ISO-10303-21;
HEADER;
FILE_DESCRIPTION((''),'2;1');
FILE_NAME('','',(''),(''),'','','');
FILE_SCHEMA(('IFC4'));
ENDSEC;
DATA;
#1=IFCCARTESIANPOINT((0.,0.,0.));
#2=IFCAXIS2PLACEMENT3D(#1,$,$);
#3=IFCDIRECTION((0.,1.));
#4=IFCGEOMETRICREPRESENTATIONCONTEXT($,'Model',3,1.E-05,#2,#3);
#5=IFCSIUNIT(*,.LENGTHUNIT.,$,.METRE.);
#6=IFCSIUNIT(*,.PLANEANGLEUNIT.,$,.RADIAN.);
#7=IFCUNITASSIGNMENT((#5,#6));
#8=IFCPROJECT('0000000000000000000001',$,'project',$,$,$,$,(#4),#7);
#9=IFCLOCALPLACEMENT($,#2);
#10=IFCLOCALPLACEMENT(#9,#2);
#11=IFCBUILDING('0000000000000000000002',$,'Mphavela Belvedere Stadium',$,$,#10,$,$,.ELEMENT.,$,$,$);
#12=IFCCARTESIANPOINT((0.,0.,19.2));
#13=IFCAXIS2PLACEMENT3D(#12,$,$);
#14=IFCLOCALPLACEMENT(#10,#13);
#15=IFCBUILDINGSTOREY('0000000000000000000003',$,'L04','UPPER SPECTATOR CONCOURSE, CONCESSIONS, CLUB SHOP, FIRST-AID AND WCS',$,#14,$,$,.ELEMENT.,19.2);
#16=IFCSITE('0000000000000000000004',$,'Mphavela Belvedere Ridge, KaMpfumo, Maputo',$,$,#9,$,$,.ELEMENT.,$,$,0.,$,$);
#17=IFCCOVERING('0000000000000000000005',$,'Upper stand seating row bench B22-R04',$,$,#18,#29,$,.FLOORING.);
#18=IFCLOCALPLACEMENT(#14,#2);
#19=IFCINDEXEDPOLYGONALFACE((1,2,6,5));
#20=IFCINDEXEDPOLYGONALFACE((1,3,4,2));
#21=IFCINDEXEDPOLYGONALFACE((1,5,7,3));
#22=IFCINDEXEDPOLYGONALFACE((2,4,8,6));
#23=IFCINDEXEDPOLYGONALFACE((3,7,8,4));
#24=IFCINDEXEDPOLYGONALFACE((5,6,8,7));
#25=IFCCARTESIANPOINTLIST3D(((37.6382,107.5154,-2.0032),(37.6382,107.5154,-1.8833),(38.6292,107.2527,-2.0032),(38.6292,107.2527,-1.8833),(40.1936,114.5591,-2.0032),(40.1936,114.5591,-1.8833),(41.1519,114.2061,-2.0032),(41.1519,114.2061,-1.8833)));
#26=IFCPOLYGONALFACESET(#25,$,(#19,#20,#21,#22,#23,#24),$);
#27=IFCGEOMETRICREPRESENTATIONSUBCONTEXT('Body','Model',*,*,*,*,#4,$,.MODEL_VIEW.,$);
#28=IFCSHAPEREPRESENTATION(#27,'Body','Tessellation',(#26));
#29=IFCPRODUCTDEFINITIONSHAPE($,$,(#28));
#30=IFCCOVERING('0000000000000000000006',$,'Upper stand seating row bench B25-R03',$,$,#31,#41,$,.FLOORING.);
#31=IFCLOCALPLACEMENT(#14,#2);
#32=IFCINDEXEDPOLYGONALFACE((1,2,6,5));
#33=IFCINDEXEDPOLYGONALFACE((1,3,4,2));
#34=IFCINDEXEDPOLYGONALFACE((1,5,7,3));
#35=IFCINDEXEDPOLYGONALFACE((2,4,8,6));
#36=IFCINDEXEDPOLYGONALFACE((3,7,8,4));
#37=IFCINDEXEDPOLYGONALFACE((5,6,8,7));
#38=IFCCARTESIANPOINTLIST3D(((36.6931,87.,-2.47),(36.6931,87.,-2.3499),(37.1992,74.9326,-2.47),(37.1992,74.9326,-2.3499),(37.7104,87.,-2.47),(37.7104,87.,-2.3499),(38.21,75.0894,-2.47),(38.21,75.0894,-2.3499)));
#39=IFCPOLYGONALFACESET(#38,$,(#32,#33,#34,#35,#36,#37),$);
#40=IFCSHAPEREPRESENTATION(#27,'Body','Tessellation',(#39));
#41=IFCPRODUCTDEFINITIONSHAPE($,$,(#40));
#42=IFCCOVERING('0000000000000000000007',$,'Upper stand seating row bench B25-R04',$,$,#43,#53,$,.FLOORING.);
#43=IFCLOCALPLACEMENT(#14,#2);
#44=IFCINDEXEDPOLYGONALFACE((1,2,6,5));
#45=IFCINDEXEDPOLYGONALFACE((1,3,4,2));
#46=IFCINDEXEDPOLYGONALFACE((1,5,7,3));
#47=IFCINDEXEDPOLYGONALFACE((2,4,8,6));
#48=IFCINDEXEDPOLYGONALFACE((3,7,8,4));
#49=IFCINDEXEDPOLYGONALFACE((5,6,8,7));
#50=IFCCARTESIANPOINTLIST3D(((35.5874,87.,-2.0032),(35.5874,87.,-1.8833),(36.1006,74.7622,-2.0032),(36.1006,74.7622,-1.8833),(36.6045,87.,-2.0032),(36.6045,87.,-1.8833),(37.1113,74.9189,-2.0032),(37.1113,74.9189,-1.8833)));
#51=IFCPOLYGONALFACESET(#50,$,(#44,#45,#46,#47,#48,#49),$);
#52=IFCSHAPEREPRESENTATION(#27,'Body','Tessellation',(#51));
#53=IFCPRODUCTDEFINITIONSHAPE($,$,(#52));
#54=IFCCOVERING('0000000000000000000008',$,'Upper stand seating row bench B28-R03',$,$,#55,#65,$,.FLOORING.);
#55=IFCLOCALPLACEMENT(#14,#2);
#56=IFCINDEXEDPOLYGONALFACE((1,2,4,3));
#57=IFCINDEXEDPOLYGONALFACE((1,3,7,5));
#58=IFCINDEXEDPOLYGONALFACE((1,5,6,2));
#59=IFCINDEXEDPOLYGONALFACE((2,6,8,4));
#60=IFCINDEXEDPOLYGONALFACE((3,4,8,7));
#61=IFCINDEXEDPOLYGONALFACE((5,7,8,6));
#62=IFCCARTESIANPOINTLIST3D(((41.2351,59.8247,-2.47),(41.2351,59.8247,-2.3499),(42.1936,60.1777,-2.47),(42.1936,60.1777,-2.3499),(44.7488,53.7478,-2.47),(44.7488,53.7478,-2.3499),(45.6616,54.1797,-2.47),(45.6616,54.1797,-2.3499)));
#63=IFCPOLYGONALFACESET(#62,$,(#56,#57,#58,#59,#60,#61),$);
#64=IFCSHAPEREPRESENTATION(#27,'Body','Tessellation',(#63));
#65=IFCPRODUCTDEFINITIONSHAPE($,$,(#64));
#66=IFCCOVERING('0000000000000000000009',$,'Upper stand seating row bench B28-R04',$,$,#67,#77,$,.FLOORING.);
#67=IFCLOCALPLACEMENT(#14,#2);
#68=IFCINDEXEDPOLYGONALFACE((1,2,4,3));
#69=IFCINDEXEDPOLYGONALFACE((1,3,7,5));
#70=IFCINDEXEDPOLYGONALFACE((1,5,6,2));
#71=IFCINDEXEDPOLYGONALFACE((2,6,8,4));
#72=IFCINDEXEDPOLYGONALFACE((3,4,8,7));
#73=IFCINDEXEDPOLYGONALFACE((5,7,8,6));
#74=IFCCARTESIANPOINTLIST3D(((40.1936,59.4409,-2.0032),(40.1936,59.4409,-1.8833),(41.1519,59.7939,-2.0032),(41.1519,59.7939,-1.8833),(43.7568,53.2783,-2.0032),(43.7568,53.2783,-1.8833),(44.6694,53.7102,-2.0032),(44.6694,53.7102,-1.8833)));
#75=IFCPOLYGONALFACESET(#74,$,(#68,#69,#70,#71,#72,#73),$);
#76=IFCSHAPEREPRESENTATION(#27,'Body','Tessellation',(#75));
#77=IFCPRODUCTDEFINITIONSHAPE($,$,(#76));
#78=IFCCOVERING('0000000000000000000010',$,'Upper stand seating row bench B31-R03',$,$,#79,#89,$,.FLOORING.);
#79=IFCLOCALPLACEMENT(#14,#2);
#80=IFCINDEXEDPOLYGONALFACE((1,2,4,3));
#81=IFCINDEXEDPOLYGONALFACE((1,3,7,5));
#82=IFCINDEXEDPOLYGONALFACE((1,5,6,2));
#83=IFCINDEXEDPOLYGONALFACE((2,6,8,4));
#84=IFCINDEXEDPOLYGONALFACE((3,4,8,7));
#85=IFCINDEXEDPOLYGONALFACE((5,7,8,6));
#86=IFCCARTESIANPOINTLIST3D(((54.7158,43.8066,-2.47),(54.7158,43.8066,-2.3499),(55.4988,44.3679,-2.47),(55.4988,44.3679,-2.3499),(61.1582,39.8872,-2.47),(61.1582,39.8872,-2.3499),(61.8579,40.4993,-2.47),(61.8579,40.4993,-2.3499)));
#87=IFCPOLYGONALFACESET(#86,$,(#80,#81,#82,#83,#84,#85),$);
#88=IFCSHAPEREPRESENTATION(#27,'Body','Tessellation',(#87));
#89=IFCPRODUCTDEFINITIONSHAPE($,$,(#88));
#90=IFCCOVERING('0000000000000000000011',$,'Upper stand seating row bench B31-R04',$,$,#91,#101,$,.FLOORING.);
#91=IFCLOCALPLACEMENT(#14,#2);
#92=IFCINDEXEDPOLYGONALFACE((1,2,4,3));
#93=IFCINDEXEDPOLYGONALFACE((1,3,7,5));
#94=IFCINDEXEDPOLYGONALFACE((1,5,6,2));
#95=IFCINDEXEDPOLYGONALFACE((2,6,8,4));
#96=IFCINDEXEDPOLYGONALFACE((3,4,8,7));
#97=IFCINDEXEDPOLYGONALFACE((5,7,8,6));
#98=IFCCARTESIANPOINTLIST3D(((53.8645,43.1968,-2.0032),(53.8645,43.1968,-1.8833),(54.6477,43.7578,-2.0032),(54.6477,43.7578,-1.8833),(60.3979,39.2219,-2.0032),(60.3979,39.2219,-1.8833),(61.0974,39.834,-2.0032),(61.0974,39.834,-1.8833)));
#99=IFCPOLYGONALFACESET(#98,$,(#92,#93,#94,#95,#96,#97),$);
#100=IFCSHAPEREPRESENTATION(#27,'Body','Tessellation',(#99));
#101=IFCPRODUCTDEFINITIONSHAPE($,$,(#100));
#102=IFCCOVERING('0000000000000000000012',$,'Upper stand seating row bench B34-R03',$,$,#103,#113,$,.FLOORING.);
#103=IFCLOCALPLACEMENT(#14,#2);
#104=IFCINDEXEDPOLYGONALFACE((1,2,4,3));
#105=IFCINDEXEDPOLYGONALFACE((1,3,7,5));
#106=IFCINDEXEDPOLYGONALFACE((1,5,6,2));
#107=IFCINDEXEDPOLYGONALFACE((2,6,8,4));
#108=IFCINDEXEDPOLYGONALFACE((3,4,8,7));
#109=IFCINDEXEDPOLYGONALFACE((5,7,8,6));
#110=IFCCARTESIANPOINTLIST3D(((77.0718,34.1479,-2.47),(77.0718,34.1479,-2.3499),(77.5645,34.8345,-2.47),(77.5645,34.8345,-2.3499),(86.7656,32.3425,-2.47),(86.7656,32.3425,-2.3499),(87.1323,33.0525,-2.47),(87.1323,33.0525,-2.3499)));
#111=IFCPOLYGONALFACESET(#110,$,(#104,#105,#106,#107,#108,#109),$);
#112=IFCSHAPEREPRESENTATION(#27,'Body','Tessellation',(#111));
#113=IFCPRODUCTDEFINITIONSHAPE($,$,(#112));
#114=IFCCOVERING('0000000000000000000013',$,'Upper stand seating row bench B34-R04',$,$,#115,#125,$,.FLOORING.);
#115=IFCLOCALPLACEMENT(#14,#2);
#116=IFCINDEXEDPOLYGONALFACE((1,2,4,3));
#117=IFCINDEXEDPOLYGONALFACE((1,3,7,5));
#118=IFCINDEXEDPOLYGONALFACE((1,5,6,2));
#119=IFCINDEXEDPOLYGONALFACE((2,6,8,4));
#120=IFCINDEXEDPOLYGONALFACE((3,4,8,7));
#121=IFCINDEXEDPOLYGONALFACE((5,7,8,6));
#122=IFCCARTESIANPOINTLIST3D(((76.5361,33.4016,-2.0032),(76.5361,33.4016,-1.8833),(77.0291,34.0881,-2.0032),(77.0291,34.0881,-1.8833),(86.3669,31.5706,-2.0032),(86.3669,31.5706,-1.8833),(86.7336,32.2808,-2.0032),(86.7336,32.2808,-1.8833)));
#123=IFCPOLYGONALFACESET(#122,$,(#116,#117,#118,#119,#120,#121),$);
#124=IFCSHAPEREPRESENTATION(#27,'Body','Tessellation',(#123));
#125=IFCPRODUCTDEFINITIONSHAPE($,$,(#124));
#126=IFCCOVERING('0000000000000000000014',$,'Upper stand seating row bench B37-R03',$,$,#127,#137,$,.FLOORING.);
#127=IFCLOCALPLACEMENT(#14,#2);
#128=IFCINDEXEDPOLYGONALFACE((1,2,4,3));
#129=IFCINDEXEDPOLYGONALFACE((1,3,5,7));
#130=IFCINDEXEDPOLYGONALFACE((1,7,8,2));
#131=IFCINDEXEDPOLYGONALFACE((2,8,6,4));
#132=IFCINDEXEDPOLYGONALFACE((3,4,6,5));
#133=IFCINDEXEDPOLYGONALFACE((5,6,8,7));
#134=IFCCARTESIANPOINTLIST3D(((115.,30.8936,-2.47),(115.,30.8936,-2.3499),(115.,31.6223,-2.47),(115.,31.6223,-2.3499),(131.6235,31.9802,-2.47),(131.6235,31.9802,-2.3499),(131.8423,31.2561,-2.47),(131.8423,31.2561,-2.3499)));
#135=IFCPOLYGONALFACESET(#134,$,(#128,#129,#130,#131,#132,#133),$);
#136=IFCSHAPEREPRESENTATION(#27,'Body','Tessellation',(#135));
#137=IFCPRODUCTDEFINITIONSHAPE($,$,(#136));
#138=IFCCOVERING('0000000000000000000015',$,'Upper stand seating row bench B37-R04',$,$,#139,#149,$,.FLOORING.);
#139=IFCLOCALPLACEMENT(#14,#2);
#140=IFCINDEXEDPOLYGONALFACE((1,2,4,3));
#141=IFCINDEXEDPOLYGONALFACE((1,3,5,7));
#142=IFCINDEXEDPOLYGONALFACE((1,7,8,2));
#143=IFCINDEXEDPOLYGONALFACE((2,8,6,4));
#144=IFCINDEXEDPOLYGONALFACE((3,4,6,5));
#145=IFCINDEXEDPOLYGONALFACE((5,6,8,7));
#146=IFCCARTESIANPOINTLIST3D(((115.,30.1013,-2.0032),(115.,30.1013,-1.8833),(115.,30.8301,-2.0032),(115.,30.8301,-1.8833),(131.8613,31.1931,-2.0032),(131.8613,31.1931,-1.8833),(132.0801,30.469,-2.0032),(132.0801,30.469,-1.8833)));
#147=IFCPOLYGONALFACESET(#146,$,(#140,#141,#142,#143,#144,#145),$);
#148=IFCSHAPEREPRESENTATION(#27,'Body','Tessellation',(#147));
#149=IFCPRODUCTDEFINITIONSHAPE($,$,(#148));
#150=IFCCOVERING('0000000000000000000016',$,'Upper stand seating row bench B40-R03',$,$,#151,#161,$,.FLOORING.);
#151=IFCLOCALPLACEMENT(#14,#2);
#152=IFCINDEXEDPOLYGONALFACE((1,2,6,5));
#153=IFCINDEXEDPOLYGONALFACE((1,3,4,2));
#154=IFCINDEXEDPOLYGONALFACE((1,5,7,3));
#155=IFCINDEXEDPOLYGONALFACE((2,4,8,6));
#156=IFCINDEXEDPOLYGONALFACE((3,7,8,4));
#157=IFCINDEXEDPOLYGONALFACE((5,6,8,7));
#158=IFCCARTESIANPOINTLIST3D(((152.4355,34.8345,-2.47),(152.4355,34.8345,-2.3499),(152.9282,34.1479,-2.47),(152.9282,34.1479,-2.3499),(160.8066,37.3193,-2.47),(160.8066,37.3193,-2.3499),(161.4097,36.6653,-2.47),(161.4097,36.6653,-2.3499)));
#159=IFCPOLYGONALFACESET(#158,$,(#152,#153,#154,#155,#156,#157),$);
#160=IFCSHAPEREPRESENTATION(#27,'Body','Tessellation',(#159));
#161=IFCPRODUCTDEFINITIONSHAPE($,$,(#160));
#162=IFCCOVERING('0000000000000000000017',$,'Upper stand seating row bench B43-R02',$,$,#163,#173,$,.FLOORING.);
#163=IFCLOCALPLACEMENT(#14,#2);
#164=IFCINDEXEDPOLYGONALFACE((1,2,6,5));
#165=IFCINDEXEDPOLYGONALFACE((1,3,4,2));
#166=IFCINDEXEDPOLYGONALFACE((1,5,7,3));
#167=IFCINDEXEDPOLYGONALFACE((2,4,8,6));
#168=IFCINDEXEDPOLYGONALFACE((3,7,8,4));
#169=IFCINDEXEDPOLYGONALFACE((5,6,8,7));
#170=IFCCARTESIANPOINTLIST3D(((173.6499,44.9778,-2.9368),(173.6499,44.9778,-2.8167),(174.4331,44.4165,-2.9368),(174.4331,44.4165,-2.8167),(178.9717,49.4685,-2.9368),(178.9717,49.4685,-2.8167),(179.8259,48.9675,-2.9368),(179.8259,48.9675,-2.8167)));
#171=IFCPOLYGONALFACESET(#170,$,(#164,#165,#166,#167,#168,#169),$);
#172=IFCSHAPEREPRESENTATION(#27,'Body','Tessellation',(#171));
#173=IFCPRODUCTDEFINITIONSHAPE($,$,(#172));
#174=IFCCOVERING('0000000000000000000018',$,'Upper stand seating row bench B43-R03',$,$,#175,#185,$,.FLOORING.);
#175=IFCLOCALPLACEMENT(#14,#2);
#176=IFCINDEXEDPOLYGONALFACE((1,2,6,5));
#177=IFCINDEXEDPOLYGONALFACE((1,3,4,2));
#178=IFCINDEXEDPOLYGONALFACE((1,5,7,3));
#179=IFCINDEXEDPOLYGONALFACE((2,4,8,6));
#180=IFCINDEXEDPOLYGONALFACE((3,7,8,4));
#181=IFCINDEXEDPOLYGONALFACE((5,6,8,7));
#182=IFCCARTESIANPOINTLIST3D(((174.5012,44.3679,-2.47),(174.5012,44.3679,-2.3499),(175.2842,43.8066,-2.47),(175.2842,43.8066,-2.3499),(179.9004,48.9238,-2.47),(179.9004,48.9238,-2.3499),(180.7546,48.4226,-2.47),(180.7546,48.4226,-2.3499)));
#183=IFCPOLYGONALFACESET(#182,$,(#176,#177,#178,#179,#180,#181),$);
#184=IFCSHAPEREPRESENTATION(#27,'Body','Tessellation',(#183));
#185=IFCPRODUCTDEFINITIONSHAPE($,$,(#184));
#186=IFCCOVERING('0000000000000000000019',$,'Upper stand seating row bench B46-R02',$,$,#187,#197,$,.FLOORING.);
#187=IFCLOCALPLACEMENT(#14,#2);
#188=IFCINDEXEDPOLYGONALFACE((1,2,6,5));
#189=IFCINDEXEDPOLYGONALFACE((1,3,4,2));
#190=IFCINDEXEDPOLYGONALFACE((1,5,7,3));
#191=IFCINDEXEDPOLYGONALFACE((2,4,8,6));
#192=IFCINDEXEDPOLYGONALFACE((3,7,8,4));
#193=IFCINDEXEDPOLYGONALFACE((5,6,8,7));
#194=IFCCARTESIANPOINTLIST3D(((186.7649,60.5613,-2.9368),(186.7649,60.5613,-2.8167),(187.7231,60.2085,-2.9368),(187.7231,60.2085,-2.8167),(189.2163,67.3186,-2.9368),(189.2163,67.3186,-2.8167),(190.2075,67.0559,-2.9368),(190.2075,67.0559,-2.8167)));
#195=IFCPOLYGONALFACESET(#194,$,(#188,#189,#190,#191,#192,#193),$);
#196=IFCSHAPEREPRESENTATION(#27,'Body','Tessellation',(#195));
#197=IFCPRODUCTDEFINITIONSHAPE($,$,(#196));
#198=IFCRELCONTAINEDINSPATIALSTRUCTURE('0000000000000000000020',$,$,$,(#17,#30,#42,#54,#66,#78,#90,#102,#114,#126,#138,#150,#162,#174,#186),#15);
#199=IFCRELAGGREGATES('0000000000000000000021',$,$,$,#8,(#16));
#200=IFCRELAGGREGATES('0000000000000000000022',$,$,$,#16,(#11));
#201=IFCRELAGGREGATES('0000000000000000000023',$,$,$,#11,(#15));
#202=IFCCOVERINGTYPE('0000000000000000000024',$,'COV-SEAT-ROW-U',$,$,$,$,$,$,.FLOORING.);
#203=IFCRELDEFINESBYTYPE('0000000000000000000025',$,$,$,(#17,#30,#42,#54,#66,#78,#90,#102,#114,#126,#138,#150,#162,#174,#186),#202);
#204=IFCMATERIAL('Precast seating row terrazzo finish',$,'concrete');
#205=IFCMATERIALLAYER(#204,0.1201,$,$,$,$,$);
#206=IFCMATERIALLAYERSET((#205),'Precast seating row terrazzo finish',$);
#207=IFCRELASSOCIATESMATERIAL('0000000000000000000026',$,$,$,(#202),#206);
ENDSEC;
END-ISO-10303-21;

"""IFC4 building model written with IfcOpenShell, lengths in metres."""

from ifc_helpers import new_model, si_unit, direction, frame, origin, place, context, subcontext, project, spatial, polyline, outline, extrude, material, layer, layer_set, type_object, element, save


model = new_model("IFC4")

# Units and contexts
model_context = context("Model", 3, precision=1e-05, world=origin(), true_north=direction((0.0, 1.0)))
body_context = subcontext(model_context, "Body", "Model", "MODEL_VIEW")
ifc_project = project(units=[si_unit("LENGTHUNIT", "METRE"), si_unit("PLANEANGLEUNIT", "RADIAN")], contexts=[model_context])

# Site, building, storey
site_placement = place(None, origin())
site = spatial("IfcSite", under=ifc_project, at=site_placement, Name="Mphavela Belvedere Ridge, KaMpfumo, Maputo", CompositionType="ELEMENT", RefElevation=0.0)
building_placement = place(site_placement, origin())
building = spatial("IfcBuilding", under=site, at=building_placement, Name="Mphavela Belvedere Stadium", CompositionType="ELEMENT")
storey_placement = place(building_placement, frame((0.0, 0.0, 19.2)))
storey = spatial("IfcBuildingStorey", under=building, at=storey_placement, Name="L04", Description="UPPER SPECTATOR CONCOURSE, CONCESSIONS, CLUB SHOP, FIRST-AID AND WCS", CompositionType="ELEMENT", Elevation=19.2)

# Coverings
ifc_material = material(Name="Precast seating row terrazzo finish", Category="concrete")
ifc_layer = layer(ifc_material, 0.1201)
ifc_layer_set = layer_set([ifc_layer], Name="Precast seating row terrazzo finish")
covering_type = type_object("IfcCoveringType", Name="COV-SEAT-ROW-U", PredefinedType="FLOORING", material=ifc_layer_set)
covering_1_placement = place(storey_placement, frame((0.0, 0.0, -2.0032)))
element("IfcCovering", 1, at=covering_1_placement, inside=storey, type_object=covering_type, Name="Upper stand seating row bench B22-R04", PredefinedType="FLOORING", context=body_context, shape_type="SweptSolid", body=[
    extrude(outline(polyline([(41.1519, 114.2061), (38.6292, 107.2527), (37.6382, 107.5154), (40.1936, 114.5591), (41.1519, 114.2061)])), origin(), (0.0, 0.0, 1.0), 0.1199),
])
covering_2_placement = place(storey_placement, frame((0.0, 0.0, -2.47)))
element("IfcCovering", 2, at=covering_2_placement, inside=storey, type_object=covering_type, Name="Upper stand seating row bench B25-R03", PredefinedType="FLOORING", context=body_context, shape_type="SweptSolid", body=[
    extrude(outline(polyline([(37.7104, 87.0), (38.21, 75.0894), (37.1992, 74.9326), (36.6931, 87.0), (37.7104, 87.0)])), origin(), (0.0, 0.0, 1.0), 0.1201),
])
covering_3_placement = place(storey_placement, frame((0.0, 0.0, -2.0032)))
element("IfcCovering", 3, at=covering_3_placement, inside=storey, type_object=covering_type, Name="Upper stand seating row bench B25-R04", PredefinedType="FLOORING", context=body_context, shape_type="SweptSolid", body=[
    extrude(outline(polyline([(36.6045, 87.0), (37.1113, 74.9189), (36.1006, 74.7622), (35.5874, 87.0), (36.6045, 87.0)])), origin(), (0.0, 0.0, 1.0), 0.1199),
])
covering_4_placement = place(storey_placement, frame((0.0, 0.0, -2.47)))
element("IfcCovering", 4, at=covering_4_placement, inside=storey, type_object=covering_type, Name="Upper stand seating row bench B28-R03", PredefinedType="FLOORING", context=body_context, shape_type="SweptSolid", body=[
    extrude(outline(polyline([(42.1936, 60.1777), (45.6616, 54.1797), (44.7488, 53.7478), (41.2351, 59.8247), (42.1936, 60.1777)])), origin(), (0.0, 0.0, 1.0), 0.1201),
])
covering_5_placement = place(storey_placement, frame((0.0, 0.0, -2.0032)))
element("IfcCovering", 5, at=covering_5_placement, inside=storey, type_object=covering_type, Name="Upper stand seating row bench B28-R04", PredefinedType="FLOORING", context=body_context, shape_type="SweptSolid", body=[
    extrude(outline(polyline([(41.1519, 59.7939), (44.6694, 53.7102), (43.7568, 53.2783), (40.1936, 59.4409), (41.1519, 59.7939)])), origin(), (0.0, 0.0, 1.0), 0.1199),
])
covering_6_placement = place(storey_placement, frame((0.0, 0.0, -2.47)))
element("IfcCovering", 6, at=covering_6_placement, inside=storey, type_object=covering_type, Name="Upper stand seating row bench B31-R03", PredefinedType="FLOORING", context=body_context, shape_type="SweptSolid", body=[
    extrude(outline(polyline([(55.4988, 44.3679), (61.8579, 40.4993), (61.1582, 39.8872), (54.7158, 43.8066), (55.4988, 44.3679)])), origin(), (0.0, 0.0, 1.0), 0.1201),
])
covering_7_placement = place(storey_placement, frame((0.0, 0.0, -2.0032)))
element("IfcCovering", 7, at=covering_7_placement, inside=storey, type_object=covering_type, Name="Upper stand seating row bench B31-R04", PredefinedType="FLOORING", context=body_context, shape_type="SweptSolid", body=[
    extrude(outline(polyline([(54.6477, 43.7578), (61.0974, 39.834), (60.3979, 39.2219), (53.8645, 43.1968), (54.6477, 43.7578)])), origin(), (0.0, 0.0, 1.0), 0.1199),
])
covering_8_placement = place(storey_placement, frame((0.0, 0.0, -2.47)))
element("IfcCovering", 8, at=covering_8_placement, inside=storey, type_object=covering_type, Name="Upper stand seating row bench B34-R03", PredefinedType="FLOORING", context=body_context, shape_type="SweptSolid", body=[
    extrude(outline(polyline([(77.5645, 34.8345), (87.1323, 33.0525), (86.7656, 32.3425), (77.0718, 34.1479), (77.5645, 34.8345)])), origin(), (0.0, 0.0, 1.0), 0.1201),
])
covering_9_placement = place(storey_placement, frame((0.0, 0.0, -2.0032)))
element("IfcCovering", 9, at=covering_9_placement, inside=storey, type_object=covering_type, Name="Upper stand seating row bench B34-R04", PredefinedType="FLOORING", context=body_context, shape_type="SweptSolid", body=[
    extrude(outline(polyline([(77.0291, 34.0881), (86.7336, 32.2808), (86.3669, 31.5706), (76.5361, 33.4016), (77.0291, 34.0881)])), origin(), (0.0, 0.0, 1.0), 0.1199),
])
covering_10_placement = place(storey_placement, frame((0.0, 0.0, -2.47)))
element("IfcCovering", 10, at=covering_10_placement, inside=storey, type_object=covering_type, Name="Upper stand seating row bench B37-R03", PredefinedType="FLOORING", context=body_context, shape_type="SweptSolid", body=[
    extrude(outline(polyline([(115.0, 31.6223), (131.6235, 31.9802), (131.8423, 31.2561), (115.0, 30.8936), (115.0, 31.6223)])), origin(), (0.0, 0.0, 1.0), 0.1201),
])
covering_11_placement = place(storey_placement, frame((0.0, 0.0, -2.0032)))
element("IfcCovering", 11, at=covering_11_placement, inside=storey, type_object=covering_type, Name="Upper stand seating row bench B37-R04", PredefinedType="FLOORING", context=body_context, shape_type="SweptSolid", body=[
    extrude(outline(polyline([(115.0, 30.8301), (131.8613, 31.1931), (132.0801, 30.469), (115.0, 30.1013), (115.0, 30.8301)])), origin(), (0.0, 0.0, 1.0), 0.1199),
])
covering_12_placement = place(storey_placement, frame((0.0, 0.0, -2.47)))
element("IfcCovering", 12, at=covering_12_placement, inside=storey, type_object=covering_type, Name="Upper stand seating row bench B40-R03", PredefinedType="FLOORING", context=body_context, shape_type="SweptSolid", body=[
    extrude(outline(polyline([(152.4355, 34.8345), (160.8066, 37.3193), (161.4097, 36.6653), (152.9282, 34.1479), (152.4355, 34.8345)])), origin(), (0.0, 0.0, 1.0), 0.1201),
])
covering_13_placement = place(storey_placement, frame((0.0, 0.0, -2.9368)))
element("IfcCovering", 13, at=covering_13_placement, inside=storey, type_object=covering_type, Name="Upper stand seating row bench B43-R02", PredefinedType="FLOORING", context=body_context, shape_type="SweptSolid", body=[
    extrude(outline(polyline([(173.6499, 44.9778), (178.9717, 49.4685), (179.8259, 48.9675), (174.4331, 44.4165), (173.6499, 44.9778)])), origin(), (0.0, 0.0, 1.0), 0.1201),
])
covering_14_placement = place(storey_placement, frame((0.0, 0.0, -2.47)))
element("IfcCovering", 14, at=covering_14_placement, inside=storey, type_object=covering_type, Name="Upper stand seating row bench B43-R03", PredefinedType="FLOORING", context=body_context, shape_type="SweptSolid", body=[
    extrude(outline(polyline([(174.5012, 44.3679), (179.9004, 48.9238), (180.7546, 48.4226), (175.2842, 43.8066), (174.5012, 44.3679)])), origin(), (0.0, 0.0, 1.0), 0.1201),
])
covering_15_placement = place(storey_placement, frame((0.0, 0.0, -2.9368)))
element("IfcCovering", 15, at=covering_15_placement, inside=storey, type_object=covering_type, Name="Upper stand seating row bench B46-R02", PredefinedType="FLOORING", context=body_context, shape_type="SweptSolid", body=[
    extrude(outline(polyline([(186.7649, 60.5613), (189.2163, 67.3186), (190.2075, 67.0559), (187.7231, 60.2085), (186.7649, 60.5613)])), origin(), (0.0, 0.0, 1.0), 0.1201),
])

save(model, "model.ifc")
